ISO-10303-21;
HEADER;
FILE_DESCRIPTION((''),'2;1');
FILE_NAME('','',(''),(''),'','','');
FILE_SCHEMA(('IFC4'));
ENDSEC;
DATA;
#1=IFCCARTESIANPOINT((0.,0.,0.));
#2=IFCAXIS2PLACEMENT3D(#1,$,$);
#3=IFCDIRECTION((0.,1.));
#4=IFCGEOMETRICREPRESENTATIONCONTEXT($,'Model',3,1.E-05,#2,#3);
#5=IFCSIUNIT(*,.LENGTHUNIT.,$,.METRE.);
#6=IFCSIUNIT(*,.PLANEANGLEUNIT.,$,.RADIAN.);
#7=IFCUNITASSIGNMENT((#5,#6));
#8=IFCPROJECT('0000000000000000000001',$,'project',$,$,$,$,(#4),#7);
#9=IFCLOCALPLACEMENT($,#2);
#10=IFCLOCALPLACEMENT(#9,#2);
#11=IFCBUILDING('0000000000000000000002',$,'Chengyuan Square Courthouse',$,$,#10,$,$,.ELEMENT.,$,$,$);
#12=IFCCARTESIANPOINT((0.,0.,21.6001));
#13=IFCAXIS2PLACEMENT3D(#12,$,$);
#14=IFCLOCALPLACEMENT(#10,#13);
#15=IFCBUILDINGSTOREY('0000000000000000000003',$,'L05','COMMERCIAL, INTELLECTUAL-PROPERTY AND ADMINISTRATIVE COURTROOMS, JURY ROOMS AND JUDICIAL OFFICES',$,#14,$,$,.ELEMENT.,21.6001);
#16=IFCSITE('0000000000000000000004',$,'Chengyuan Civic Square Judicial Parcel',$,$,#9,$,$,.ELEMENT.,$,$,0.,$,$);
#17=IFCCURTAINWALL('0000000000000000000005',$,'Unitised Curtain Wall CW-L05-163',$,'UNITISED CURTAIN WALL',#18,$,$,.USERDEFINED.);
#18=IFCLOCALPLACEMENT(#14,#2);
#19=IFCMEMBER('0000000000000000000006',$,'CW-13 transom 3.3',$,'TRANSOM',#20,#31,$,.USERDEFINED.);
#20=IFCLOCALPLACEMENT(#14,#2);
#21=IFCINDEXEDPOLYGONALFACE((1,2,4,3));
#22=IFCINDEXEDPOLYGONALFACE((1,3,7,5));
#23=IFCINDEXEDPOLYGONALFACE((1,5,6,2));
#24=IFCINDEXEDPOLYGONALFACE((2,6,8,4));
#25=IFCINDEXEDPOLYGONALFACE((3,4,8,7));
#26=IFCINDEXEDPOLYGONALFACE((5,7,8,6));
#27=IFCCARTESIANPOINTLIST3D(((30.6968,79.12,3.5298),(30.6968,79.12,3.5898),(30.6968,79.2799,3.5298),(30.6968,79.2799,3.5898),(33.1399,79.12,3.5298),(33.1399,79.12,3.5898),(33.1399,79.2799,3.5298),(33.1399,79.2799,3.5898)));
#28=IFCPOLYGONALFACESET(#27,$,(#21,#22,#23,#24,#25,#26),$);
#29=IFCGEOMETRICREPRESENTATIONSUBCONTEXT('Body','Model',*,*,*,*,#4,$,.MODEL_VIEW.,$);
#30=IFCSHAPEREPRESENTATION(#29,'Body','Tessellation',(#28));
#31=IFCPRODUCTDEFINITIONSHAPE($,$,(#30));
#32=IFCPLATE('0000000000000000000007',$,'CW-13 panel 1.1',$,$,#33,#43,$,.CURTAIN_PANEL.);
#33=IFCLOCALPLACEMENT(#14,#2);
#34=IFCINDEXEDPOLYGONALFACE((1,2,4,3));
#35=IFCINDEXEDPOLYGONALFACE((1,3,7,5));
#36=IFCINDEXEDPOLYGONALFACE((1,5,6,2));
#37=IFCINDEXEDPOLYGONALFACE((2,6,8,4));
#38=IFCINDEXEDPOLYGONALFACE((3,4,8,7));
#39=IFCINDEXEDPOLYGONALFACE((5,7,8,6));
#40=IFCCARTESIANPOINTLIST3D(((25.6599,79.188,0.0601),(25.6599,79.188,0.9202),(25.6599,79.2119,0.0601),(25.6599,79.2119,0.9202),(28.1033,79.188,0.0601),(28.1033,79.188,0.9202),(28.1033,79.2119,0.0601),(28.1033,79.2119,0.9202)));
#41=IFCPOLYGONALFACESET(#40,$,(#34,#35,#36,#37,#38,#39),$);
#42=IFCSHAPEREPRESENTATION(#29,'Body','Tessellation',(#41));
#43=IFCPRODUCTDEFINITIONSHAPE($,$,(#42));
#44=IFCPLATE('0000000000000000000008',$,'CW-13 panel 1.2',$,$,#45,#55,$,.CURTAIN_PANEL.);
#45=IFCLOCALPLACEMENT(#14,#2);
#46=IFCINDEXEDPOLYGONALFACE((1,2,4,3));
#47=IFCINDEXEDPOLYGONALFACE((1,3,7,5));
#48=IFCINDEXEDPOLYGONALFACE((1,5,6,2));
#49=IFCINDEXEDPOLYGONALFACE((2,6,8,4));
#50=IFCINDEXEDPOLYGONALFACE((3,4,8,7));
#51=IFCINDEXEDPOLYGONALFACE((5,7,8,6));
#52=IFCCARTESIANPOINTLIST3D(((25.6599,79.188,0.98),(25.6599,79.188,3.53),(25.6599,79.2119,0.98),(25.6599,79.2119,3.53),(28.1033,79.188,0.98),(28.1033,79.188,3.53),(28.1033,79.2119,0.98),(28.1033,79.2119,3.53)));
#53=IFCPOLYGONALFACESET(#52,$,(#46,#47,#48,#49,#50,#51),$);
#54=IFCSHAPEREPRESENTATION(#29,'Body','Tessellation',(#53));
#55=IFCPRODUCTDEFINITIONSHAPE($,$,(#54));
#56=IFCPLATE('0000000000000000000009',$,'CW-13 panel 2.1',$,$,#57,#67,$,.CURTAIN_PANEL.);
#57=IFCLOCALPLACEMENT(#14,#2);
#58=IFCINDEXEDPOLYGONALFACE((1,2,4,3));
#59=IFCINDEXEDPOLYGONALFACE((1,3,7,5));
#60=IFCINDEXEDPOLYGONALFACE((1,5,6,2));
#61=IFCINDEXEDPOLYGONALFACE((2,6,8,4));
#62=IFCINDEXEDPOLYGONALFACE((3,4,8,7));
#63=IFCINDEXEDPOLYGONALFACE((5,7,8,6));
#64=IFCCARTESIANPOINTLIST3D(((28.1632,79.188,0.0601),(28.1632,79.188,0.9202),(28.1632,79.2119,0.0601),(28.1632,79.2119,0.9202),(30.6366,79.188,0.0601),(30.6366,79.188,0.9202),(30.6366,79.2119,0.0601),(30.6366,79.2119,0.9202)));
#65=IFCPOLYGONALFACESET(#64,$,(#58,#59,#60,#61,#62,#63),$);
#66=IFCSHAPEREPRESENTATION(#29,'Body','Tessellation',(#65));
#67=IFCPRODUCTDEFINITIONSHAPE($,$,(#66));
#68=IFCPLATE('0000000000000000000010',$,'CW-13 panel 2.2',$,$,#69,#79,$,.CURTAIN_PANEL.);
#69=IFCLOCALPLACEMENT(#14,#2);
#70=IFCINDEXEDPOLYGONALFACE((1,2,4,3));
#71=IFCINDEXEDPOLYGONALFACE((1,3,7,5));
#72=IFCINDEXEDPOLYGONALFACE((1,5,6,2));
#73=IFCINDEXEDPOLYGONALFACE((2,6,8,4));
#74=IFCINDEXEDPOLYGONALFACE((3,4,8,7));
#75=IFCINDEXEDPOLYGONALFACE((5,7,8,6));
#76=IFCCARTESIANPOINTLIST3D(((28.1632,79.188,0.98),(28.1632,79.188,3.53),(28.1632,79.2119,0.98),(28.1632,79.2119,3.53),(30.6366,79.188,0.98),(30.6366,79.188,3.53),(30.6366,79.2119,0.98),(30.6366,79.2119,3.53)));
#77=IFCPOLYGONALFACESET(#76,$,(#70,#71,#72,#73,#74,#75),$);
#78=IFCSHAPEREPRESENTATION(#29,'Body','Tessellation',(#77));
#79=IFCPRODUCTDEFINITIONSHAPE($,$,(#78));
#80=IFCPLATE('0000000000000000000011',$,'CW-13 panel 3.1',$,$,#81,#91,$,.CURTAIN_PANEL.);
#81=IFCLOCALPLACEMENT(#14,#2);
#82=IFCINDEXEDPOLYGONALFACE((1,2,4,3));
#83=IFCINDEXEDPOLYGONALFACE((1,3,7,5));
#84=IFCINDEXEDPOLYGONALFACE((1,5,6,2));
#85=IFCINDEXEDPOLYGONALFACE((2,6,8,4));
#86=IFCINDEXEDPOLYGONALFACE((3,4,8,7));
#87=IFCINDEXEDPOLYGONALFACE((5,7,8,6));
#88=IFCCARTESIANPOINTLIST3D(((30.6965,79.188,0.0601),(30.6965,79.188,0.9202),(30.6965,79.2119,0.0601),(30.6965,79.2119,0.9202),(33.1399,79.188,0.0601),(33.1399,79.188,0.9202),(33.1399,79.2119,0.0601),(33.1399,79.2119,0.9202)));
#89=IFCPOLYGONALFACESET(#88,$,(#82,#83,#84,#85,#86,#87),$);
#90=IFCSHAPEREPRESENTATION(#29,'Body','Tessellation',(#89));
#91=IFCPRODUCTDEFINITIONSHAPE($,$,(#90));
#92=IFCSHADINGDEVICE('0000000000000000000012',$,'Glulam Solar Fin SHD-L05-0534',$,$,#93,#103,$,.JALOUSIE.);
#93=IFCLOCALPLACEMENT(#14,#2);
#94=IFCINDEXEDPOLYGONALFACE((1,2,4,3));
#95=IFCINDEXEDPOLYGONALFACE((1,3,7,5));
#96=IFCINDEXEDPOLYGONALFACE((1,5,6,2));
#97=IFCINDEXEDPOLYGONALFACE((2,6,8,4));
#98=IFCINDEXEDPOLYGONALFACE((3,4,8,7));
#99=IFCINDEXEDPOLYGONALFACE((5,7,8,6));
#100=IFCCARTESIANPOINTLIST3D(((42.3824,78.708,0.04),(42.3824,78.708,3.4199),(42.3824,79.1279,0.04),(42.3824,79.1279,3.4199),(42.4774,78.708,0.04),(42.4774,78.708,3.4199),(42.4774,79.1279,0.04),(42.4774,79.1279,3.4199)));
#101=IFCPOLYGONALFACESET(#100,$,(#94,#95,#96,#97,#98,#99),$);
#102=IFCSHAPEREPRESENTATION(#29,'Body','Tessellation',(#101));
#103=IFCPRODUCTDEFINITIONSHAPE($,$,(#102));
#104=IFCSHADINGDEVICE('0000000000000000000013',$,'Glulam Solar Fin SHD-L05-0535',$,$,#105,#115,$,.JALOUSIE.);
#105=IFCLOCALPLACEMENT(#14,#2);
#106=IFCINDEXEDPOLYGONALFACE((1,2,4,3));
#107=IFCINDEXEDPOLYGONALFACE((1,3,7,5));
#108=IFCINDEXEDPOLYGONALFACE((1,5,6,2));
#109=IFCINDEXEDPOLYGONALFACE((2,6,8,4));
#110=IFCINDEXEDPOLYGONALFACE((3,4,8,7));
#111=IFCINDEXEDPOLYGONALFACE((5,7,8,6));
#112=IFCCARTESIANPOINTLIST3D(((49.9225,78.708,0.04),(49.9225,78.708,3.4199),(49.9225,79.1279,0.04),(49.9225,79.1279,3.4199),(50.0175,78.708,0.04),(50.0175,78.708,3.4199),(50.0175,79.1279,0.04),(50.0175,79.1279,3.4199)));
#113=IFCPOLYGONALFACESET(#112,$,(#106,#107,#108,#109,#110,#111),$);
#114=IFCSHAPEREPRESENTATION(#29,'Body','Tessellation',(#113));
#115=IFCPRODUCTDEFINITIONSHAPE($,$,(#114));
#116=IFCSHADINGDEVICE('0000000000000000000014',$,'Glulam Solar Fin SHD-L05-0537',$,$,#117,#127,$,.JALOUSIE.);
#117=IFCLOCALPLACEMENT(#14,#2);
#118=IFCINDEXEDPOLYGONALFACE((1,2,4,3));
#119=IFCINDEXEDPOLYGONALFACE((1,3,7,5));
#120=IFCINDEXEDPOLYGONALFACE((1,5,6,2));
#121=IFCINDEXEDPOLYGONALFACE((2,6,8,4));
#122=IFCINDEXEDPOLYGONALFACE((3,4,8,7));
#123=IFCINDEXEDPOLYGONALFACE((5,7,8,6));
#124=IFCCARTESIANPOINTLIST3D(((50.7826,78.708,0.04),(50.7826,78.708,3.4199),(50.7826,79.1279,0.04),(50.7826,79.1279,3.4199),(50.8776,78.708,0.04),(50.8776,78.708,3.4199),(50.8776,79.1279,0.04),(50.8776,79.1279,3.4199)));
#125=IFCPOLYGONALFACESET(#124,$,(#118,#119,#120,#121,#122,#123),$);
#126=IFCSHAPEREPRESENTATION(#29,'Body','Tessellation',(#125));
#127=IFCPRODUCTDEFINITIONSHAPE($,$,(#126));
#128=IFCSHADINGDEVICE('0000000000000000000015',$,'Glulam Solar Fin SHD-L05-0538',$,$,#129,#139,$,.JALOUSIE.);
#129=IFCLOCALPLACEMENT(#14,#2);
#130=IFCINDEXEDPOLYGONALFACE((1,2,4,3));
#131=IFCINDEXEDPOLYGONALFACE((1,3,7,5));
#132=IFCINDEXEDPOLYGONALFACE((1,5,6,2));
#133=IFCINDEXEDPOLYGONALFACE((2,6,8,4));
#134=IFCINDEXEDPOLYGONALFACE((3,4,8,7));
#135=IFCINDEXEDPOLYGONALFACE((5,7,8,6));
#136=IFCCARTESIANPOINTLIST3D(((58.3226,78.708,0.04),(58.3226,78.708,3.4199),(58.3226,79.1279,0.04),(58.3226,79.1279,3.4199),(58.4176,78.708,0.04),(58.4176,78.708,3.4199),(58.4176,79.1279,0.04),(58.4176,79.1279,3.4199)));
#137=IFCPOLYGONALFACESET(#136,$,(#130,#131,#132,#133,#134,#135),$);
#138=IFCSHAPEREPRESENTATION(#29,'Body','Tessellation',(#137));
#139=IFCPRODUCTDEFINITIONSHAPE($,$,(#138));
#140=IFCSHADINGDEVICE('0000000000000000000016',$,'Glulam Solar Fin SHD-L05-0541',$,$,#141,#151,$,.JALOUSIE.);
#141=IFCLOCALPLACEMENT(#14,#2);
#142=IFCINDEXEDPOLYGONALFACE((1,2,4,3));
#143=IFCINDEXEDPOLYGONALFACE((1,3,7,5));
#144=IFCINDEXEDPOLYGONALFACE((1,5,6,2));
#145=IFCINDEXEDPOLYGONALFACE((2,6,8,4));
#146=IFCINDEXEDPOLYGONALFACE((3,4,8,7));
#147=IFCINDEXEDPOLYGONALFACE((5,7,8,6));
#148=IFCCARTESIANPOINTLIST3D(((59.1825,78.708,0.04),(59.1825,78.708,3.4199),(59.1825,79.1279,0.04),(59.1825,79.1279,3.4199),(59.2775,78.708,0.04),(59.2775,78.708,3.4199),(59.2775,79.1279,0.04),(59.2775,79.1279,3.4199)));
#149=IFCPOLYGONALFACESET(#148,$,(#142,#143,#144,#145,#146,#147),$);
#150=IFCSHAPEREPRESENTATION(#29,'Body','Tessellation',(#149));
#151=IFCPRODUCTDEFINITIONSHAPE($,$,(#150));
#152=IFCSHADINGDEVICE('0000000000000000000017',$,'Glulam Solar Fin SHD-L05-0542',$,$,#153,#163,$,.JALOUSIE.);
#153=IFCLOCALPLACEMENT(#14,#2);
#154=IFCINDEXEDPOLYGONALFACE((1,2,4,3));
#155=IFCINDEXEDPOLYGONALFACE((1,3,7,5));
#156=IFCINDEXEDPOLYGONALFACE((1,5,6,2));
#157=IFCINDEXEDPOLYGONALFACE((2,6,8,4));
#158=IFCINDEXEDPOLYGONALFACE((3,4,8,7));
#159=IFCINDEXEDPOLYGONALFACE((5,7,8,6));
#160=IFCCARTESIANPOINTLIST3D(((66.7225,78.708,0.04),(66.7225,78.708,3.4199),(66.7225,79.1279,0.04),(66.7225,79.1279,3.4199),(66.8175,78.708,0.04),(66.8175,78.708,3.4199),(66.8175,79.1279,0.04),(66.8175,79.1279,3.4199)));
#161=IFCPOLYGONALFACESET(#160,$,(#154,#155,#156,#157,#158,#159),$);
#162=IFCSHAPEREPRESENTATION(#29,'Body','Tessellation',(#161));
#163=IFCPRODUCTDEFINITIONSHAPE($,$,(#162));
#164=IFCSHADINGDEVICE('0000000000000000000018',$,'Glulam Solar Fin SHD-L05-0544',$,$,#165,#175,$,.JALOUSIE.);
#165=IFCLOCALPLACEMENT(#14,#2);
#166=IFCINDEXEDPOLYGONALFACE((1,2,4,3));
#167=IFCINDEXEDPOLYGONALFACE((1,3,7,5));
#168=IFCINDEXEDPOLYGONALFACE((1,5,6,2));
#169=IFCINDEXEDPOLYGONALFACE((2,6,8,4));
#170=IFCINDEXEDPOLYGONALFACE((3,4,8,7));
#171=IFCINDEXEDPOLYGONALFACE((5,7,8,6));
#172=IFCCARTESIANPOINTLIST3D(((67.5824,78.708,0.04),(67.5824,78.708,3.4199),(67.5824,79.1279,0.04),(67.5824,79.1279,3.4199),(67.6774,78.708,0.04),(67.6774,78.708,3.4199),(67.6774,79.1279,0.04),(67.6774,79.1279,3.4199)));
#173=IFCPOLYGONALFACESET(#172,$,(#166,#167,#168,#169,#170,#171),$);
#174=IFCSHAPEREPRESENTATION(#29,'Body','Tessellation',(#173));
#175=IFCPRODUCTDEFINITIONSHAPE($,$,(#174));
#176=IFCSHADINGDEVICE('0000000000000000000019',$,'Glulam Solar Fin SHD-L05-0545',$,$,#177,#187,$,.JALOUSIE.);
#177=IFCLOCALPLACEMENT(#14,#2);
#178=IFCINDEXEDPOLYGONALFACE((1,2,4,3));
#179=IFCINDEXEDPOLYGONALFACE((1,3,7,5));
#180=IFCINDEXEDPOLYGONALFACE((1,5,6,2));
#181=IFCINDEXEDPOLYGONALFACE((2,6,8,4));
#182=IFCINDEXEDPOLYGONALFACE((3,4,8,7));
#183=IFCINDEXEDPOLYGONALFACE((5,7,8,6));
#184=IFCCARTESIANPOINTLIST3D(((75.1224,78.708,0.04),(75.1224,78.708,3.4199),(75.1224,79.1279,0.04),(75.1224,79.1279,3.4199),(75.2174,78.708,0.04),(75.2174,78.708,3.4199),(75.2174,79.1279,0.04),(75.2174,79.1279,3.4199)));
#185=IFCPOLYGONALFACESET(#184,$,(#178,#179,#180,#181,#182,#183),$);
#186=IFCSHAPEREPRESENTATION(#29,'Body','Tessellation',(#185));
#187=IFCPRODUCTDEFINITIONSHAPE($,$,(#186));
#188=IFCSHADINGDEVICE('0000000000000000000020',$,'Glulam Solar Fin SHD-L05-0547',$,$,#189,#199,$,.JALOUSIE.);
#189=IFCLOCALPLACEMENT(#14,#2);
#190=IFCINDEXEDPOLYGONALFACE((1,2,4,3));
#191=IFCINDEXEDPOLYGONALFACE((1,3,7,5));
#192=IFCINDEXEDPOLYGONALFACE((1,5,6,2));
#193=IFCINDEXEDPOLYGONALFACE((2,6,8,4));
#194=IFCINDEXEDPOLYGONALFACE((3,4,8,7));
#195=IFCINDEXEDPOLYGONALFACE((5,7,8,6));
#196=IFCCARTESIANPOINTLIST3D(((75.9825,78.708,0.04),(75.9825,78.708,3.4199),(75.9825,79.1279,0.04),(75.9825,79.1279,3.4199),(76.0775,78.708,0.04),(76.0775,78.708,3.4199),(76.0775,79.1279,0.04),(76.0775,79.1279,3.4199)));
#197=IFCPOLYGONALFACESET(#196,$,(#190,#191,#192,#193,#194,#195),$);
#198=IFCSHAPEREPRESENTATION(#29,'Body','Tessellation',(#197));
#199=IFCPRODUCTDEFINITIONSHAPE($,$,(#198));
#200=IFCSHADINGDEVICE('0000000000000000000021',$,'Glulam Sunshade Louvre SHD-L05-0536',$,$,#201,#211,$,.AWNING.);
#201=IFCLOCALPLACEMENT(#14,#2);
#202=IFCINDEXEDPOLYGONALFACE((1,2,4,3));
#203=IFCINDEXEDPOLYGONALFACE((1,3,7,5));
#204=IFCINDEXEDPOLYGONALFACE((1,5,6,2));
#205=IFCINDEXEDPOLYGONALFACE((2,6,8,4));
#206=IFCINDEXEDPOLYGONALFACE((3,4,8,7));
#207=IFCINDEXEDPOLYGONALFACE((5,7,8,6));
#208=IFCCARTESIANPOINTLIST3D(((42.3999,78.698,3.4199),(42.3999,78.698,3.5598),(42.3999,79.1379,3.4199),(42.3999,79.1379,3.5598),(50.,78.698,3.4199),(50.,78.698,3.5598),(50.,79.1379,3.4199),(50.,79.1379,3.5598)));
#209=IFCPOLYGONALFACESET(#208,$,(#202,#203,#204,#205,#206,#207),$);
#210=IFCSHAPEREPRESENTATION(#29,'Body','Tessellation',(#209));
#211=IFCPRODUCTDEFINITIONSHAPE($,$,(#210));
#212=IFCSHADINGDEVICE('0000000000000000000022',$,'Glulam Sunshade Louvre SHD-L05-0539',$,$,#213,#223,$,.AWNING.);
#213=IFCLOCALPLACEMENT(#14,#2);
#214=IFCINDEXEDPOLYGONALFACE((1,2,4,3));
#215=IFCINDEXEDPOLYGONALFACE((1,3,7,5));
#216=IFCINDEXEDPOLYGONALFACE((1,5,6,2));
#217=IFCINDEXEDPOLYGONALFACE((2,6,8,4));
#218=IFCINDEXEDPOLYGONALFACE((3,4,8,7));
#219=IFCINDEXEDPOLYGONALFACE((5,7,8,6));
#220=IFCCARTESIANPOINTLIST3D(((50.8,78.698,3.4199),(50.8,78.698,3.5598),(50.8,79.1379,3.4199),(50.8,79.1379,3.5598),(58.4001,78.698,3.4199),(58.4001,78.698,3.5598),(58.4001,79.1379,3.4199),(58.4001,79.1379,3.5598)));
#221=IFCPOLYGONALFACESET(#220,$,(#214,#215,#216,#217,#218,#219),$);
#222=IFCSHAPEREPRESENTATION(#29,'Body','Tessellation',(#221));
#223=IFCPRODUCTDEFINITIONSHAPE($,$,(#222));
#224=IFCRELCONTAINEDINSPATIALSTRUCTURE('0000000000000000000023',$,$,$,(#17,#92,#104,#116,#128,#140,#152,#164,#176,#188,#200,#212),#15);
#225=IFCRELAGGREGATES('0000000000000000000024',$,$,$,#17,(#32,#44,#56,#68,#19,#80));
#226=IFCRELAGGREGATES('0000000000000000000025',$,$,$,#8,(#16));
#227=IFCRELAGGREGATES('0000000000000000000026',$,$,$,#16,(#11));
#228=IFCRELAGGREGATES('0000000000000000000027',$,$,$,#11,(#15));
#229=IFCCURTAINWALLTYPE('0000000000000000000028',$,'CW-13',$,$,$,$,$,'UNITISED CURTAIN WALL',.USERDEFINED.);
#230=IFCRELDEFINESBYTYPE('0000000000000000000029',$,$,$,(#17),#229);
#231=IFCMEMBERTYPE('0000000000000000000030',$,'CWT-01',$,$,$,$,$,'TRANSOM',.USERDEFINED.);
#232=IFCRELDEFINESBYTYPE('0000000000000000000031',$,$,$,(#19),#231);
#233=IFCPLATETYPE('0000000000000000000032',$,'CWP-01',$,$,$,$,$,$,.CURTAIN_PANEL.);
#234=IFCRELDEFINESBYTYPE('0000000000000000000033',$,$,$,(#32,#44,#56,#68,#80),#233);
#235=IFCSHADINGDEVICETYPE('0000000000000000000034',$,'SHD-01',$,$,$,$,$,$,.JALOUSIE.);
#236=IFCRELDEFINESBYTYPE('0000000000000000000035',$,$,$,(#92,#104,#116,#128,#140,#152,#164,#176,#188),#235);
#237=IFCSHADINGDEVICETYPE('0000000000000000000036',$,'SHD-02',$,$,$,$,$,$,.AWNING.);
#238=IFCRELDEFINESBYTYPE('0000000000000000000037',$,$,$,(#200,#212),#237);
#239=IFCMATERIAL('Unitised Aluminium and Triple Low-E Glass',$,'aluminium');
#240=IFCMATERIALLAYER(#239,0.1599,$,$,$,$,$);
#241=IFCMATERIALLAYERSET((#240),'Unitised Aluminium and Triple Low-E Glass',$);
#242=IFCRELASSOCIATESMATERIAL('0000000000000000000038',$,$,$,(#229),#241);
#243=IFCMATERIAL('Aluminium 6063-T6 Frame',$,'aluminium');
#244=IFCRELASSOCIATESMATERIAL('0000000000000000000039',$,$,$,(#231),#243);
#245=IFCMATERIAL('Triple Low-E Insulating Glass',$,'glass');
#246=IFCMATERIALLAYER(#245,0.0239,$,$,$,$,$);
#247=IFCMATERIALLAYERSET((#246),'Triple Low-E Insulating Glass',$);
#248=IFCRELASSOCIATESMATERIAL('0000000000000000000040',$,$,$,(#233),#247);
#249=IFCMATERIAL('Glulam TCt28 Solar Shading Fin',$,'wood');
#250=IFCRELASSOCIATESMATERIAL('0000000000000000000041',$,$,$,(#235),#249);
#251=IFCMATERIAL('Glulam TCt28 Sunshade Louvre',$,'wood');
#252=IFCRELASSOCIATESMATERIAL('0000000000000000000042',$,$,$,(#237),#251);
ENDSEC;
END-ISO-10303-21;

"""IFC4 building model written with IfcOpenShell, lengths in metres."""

from ifc_helpers import new_model, si_unit, direction, frame, origin, origin_2d, place, context, subcontext, project, spatial, rectangle, extrude, material, layer, layer_set, material_profile, profile_set, type_object, element, aggregate, save


model = new_model("IFC4")

# Units and contexts
model_context = context("Model", 3, precision=1e-05, world=origin(), true_north=direction((0.0, 1.0)))
body_context = subcontext(model_context, "Body", "Model", "MODEL_VIEW")
ifc_project = project(units=[si_unit("LENGTHUNIT", "METRE"), si_unit("PLANEANGLEUNIT", "RADIAN")], contexts=[model_context])

# Site, building, storey
site_placement = place(None, origin())
site = spatial("IfcSite", under=ifc_project, at=site_placement, Name="Chengyuan Civic Square Judicial Parcel", CompositionType="ELEMENT", RefElevation=0.0)
building_placement = place(site_placement, origin())
building = spatial("IfcBuilding", under=site, at=building_placement, Name="Chengyuan Square Courthouse", CompositionType="ELEMENT")
storey_placement = place(building_placement, frame((0.0, 0.0, 21.6001)))
storey = spatial("IfcBuildingStorey", under=building, at=storey_placement, Name="L05", Description="COMMERCIAL, INTELLECTUAL-PROPERTY AND ADMINISTRATIVE COURTROOMS, JURY ROOMS AND JUDICIAL OFFICES", CompositionType="ELEMENT", Elevation=21.6001)

# Curtain wall, member, plates
ifc_material_1 = material(Name="Unitised Aluminium and Triple Low-E Glass", Category="aluminium")
ifc_layer_1 = layer(ifc_material_1, 0.1599)
ifc_layer_set_1 = layer_set([ifc_layer_1], Name="Unitised Aluminium and Triple Low-E Glass")
curtain_wall_type = type_object("IfcCurtainWallType", Name="CW-13", ElementType="UNITISED CURTAIN WALL", PredefinedType="USERDEFINED", material=ifc_layer_set_1)
curtain_wall_placement = place(storey_placement, origin())
curtain_wall = element("IfcCurtainWall", 1, at=curtain_wall_placement, inside=storey, type_object=curtain_wall_type, Name="Unitised Curtain Wall CW-L05-163", ObjectType="UNITISED CURTAIN WALL", PredefinedType="USERDEFINED")
ifc_material_2 = material(Name="Aluminium 6063-T6 Frame", Category="aluminium")
ifc_material_profile_1 = material_profile(ifc_material_2, rectangle(XDim=0.1599, YDim=0.0601, at=origin_2d()), Name="CW-TRN-60x120")
ifc_profile_set_1 = profile_set([ifc_material_profile_1], Name="Aluminium 6063-T6 Frame")
member_type_1 = type_object("IfcMemberType", Name="CWT-01", ElementType="TRANSOM", PredefinedType="USERDEFINED", material=ifc_profile_set_1)
member_1_placement = place(storey_placement, frame((30.6968, 79.2, 3.5598), z_axis=(1.0, 0.0, 0.0), x_axis=(0.0, 1.0, 0.0)))
member_1 = element("IfcMember", 2, at=member_1_placement, type_object=member_type_1, Name="CW-13 transom 3.3", ObjectType="TRANSOM", PredefinedType="USERDEFINED", context=body_context, shape_type="SweptSolid", body=[
    extrude(rectangle(XDim=0.1599, YDim=0.0601, at=origin_2d()), origin(), (0.0, 0.0, 1.0), 2.4431),
])
ifc_material_3 = material(Name="Triple Low-E Insulating Glass", Category="glass")
ifc_layer_2 = layer(ifc_material_3, 0.0239)
ifc_layer_set_2 = layer_set([ifc_layer_2], Name="Triple Low-E Insulating Glass")
plate_type = type_object("IfcPlateType", Name="CWP-01", PredefinedType="CURTAIN_PANEL", material=ifc_layer_set_2)
plate_1_placement = place(storey_placement, frame((26.8816, 79.2, 0.0601), z_axis=(0.0, 0.0, 1.0), x_axis=(1.0, 0.0, 0.0)))
plate_1 = element("IfcPlate", 3, at=plate_1_placement, type_object=plate_type, Name="CW-13 panel 1.1", PredefinedType="CURTAIN_PANEL", context=body_context, shape_type="SweptSolid", body=[
    extrude(rectangle(XDim=2.4434, YDim=0.0239, at=origin_2d()), origin(), (0.0, 0.0, 1.0), 0.8601),
])
plate_2_placement = place(storey_placement, frame((26.8816, 79.2, 0.98), z_axis=(0.0, 0.0, 1.0), x_axis=(1.0, 0.0, 0.0)))
plate_2 = element("IfcPlate", 4, at=plate_2_placement, type_object=plate_type, Name="CW-13 panel 1.2", PredefinedType="CURTAIN_PANEL", context=body_context, shape_type="SweptSolid", body=[
    extrude(rectangle(XDim=2.4434, YDim=0.0239, at=origin_2d()), origin(), (0.0, 0.0, 1.0), 2.55),
])
plate_3_placement = place(storey_placement, frame((29.3999, 79.2, 0.0601), z_axis=(0.0, 0.0, 1.0), x_axis=(1.0, 0.0, 0.0)))
plate_3 = element("IfcPlate", 5, at=plate_3_placement, type_object=plate_type, Name="CW-13 panel 2.1", PredefinedType="CURTAIN_PANEL", context=body_context, shape_type="SweptSolid", body=[
    extrude(rectangle(XDim=2.4734, YDim=0.0239, at=origin_2d()), origin(), (0.0, 0.0, 1.0), 0.8601),
])
plate_4_placement = place(storey_placement, frame((29.3999, 79.2, 0.98), z_axis=(0.0, 0.0, 1.0), x_axis=(1.0, 0.0, 0.0)))
plate_4 = element("IfcPlate", 6, at=plate_4_placement, type_object=plate_type, Name="CW-13 panel 2.2", PredefinedType="CURTAIN_PANEL", context=body_context, shape_type="SweptSolid", body=[
    extrude(rectangle(XDim=2.4734, YDim=0.0239, at=origin_2d()), origin(), (0.0, 0.0, 1.0), 2.55),
])
plate_5_placement = place(storey_placement, frame((31.9182, 79.2, 0.0601), z_axis=(0.0, 0.0, 1.0), x_axis=(1.0, 0.0, 0.0)))
plate_5 = element("IfcPlate", 7, at=plate_5_placement, type_object=plate_type, Name="CW-13 panel 3.1", PredefinedType="CURTAIN_PANEL", context=body_context, shape_type="SweptSolid", body=[
    extrude(rectangle(XDim=2.4434, YDim=0.0239, at=origin_2d()), origin(), (0.0, 0.0, 1.0), 0.8601),
])
aggregate(curtain_wall, [plate_1, plate_2, plate_3, plate_4, member_1, plate_5])

# Shading devices
ifc_material_4 = material(Name="Glulam TCt28 Solar Shading Fin", Category="wood")
shading_device_type_1 = type_object("IfcShadingDeviceType", Name="SHD-01", PredefinedType="JALOUSIE", material=ifc_material_4)
for number, where, z_axis, x_axis, name in (
    (8, (42.4299, 78.918, 0.04), (0.0, 0.0, 1.0), (0.0, 1.0, 0.0), "Glulam Solar Fin SHD-L05-0534"),
    (9, (49.97, 78.918, 0.04), (0.0, 0.0, 1.0), (0.0, 1.0, 0.0), "Glulam Solar Fin SHD-L05-0535"),
    (10, (50.8301, 78.918, 0.04), (0.0, 0.0, 1.0), (0.0, 1.0, 0.0), "Glulam Solar Fin SHD-L05-0537"),
    (11, (58.3701, 78.918, 0.04), (0.0, 0.0, 1.0), (0.0, 1.0, 0.0), "Glulam Solar Fin SHD-L05-0538"),
    (12, (59.23, 78.918, 0.04), (0.0, 0.0, 1.0), (0.0, 1.0, 0.0), "Glulam Solar Fin SHD-L05-0541"),
    (13, (66.77, 78.918, 0.04), (0.0, 0.0, 1.0), (0.0, 1.0, 0.0), "Glulam Solar Fin SHD-L05-0542"),
    (14, (67.6299, 78.918, 0.04), (0.0, 0.0, 1.0), (0.0, 1.0, 0.0), "Glulam Solar Fin SHD-L05-0544"),
    (15, (75.1699, 78.918, 0.04), (0.0, 0.0, 1.0), (0.0, 1.0, 0.0), "Glulam Solar Fin SHD-L05-0545"),
    (16, (76.03, 78.918, 0.04), (0.0, 0.0, 1.0), (0.0, 1.0, 0.0), "Glulam Solar Fin SHD-L05-0547"),
):
    element("IfcShadingDevice", number, at=place(storey_placement, frame(where, z_axis=z_axis, x_axis=x_axis)), inside=storey, type_object=shading_device_type_1, Name=name, PredefinedType="JALOUSIE", context=body_context, shape_type="SweptSolid", body=[
        extrude(rectangle(XDim=0.4199, YDim=0.095, at=origin_2d()), origin(), (0.0, 0.0, 1.0), 3.3799),
    ])
ifc_material_5 = material(Name="Glulam TCt28 Sunshade Louvre", Category="wood")
shading_device_type_2 = type_object("IfcShadingDeviceType", Name="SHD-02", PredefinedType="AWNING", material=ifc_material_5)
for number, where, z_axis, x_axis, name in (
    (17, (46.2, 78.918, 3.4199), (0.0, 0.0, 1.0), (1.0, 0.0, 0.0), "Glulam Sunshade Louvre SHD-L05-0536"),
    (18, (54.6001, 78.918, 3.4199), (0.0, 0.0, 1.0), (1.0, 0.0, 0.0), "Glulam Sunshade Louvre SHD-L05-0539"),
):
    element("IfcShadingDevice", number, at=place(storey_placement, frame(where, z_axis=z_axis, x_axis=x_axis)), inside=storey, type_object=shading_device_type_2, Name=name, PredefinedType="AWNING", context=body_context, shape_type="SweptSolid", body=[
        extrude(rectangle(XDim=7.6001, YDim=0.4399, at=origin_2d()), origin(), (0.0, 0.0, 1.0), 0.1399),
    ])

save(model, "model.ifc")
